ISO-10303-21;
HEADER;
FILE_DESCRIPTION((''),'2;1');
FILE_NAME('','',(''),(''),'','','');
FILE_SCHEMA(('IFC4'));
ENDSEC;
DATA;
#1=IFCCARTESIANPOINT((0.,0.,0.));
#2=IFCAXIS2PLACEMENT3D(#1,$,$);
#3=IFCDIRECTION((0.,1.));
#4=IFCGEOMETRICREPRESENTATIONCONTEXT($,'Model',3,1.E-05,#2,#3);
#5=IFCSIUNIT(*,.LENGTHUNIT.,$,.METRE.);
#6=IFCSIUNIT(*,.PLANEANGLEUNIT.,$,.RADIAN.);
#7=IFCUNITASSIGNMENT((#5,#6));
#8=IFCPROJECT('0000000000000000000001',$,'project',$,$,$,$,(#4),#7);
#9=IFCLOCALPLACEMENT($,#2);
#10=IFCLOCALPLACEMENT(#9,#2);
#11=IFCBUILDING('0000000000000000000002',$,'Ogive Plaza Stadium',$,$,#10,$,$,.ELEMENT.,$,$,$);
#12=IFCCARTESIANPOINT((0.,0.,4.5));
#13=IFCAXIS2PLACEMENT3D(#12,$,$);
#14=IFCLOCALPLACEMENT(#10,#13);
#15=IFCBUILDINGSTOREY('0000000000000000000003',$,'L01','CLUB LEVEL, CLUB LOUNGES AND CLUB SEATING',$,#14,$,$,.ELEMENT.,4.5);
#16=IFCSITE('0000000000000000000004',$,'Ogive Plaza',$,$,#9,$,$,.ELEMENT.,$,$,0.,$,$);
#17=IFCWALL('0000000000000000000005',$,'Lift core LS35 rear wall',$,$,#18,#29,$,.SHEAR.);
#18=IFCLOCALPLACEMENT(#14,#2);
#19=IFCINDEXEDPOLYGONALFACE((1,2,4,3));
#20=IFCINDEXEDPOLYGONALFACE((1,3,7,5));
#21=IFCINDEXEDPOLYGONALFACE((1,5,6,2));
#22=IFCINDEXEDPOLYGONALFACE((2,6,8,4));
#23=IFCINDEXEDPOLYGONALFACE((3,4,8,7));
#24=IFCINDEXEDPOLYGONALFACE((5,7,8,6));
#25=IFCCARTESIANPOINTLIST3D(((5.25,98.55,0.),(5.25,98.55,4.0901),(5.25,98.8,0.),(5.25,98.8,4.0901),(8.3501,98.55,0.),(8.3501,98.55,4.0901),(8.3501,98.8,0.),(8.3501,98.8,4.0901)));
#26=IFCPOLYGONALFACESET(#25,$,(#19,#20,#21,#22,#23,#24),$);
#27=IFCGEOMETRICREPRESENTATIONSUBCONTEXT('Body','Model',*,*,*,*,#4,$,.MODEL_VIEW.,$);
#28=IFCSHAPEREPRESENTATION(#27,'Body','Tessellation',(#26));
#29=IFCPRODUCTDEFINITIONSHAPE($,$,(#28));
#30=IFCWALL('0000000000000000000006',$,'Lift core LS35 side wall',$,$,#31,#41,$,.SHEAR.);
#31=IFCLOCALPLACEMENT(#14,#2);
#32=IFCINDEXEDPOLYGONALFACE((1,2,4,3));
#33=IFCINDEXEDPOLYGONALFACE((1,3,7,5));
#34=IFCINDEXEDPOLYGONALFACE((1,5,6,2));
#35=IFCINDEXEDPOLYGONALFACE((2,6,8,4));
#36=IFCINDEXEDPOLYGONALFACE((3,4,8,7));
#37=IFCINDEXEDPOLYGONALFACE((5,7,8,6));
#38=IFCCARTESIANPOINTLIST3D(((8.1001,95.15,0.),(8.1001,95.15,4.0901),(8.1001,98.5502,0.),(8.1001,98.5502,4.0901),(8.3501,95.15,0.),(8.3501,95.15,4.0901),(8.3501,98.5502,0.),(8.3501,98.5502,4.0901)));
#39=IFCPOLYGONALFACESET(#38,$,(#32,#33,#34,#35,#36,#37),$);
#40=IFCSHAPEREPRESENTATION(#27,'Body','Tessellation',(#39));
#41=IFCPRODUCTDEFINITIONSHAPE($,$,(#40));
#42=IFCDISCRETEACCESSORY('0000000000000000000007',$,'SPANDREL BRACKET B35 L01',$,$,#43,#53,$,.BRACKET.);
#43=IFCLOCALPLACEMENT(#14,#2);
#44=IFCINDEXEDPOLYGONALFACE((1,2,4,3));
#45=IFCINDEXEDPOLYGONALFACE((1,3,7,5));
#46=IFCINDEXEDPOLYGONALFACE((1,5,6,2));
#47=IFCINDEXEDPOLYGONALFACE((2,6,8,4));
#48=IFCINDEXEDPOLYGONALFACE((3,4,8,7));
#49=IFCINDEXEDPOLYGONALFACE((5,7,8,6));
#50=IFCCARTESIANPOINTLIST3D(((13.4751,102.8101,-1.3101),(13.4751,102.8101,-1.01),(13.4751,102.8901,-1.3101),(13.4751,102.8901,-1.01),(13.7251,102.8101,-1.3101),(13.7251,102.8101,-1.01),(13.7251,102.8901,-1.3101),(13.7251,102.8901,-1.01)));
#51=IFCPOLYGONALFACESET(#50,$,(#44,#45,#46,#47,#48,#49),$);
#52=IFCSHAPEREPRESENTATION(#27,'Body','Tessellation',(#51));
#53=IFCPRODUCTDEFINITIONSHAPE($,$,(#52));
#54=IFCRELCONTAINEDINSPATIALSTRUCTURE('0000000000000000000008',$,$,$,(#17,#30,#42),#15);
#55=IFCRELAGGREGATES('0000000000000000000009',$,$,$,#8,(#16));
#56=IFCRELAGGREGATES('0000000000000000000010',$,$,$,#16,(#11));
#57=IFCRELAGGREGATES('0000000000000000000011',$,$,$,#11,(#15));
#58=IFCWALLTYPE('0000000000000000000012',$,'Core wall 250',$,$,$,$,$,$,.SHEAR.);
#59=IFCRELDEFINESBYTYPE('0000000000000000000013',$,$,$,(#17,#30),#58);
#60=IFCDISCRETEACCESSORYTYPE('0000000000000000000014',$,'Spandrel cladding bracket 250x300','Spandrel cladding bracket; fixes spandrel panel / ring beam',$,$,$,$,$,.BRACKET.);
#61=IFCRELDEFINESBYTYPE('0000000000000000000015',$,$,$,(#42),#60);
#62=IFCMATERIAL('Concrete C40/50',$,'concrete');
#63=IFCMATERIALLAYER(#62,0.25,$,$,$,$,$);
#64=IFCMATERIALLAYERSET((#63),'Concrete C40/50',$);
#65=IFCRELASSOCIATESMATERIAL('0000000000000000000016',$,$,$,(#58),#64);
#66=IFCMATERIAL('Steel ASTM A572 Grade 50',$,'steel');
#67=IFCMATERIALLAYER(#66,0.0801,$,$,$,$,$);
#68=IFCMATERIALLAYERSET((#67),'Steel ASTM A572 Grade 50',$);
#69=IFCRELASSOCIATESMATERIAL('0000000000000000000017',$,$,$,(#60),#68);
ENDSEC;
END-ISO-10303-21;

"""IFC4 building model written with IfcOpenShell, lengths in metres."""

from ifc_helpers import new_model, si_unit, direction, frame, frame_2d, origin, origin_2d, place, context, subcontext, project, spatial, rectangle, extrude, material, layer, layer_set, type_object, element, save


model = new_model("IFC4")

# Units and contexts
model_context = context("Model", 3, precision=1e-05, world=origin(), true_north=direction((0.0, 1.0)))
body_context = subcontext(model_context, "Body", "Model", "MODEL_VIEW")
ifc_project = project(units=[si_unit("LENGTHUNIT", "METRE"), si_unit("PLANEANGLEUNIT", "RADIAN")], contexts=[model_context])

# Site, building, storey
site_placement = place(None, origin())
site = spatial("IfcSite", under=ifc_project, at=site_placement, Name="Ogive Plaza", CompositionType="ELEMENT", RefElevation=0.0)
building_placement = place(site_placement, origin())
building = spatial("IfcBuilding", under=site, at=building_placement, Name="Ogive Plaza Stadium", CompositionType="ELEMENT")
storey_placement = place(building_placement, frame((0.0, 0.0, 4.5)))
storey = spatial("IfcBuildingStorey", under=building, at=storey_placement, Name="L01", Description="CLUB LEVEL, CLUB LOUNGES AND CLUB SEATING", CompositionType="ELEMENT", Elevation=4.5)

# Shared definitions
ifc_material_1 = material(Name="Concrete C40/50", Category="concrete")
ifc_layer_1 = layer(ifc_material_1, 0.25)
ifc_layer_set_1 = layer_set([ifc_layer_1], Name="Concrete C40/50")
wall_type = type_object("IfcWallType", Name="Core wall 250", PredefinedType="SHEAR", material=ifc_layer_set_1)

# Walls
wall_1_placement = place(storey_placement, frame((8.3501, 98.675, 0.0), z_axis=(0.0, 0.0, 1.0), x_axis=(-1.0, 0.0, 0.0)))
element("IfcWall", 1, at=wall_1_placement, inside=storey, type_object=wall_type, Name="Lift core LS35 rear wall", PredefinedType="SHEAR", context=body_context, shape_type="SweptSolid", body=[
    extrude(rectangle(XDim=3.1001, YDim=0.25, at=frame_2d((1.55, 0.0))), origin(), (0.0, 0.0, 1.0), 4.0901),
])
wall_2_placement = place(storey_placement, frame((8.2251, 95.1499, 0.0), z_axis=(0.0, 0.0, 1.0), x_axis=(0.0, 1.0, 0.0)))
element("IfcWall", 2, at=wall_2_placement, inside=storey, type_object=wall_type, Name="Lift core LS35 side wall", PredefinedType="SHEAR", context=body_context, shape_type="SweptSolid", body=[
    extrude(rectangle(XDim=3.4001, YDim=0.25, at=frame_2d((1.7002, 0.0))), origin(), (0.0, 0.0, 1.0), 4.0901),
])

# Discrete accessory
ifc_material_2 = material(Name="Steel ASTM A572 Grade 50", Category="steel")
ifc_layer_2 = layer(ifc_material_2, 0.0801)
ifc_layer_set_2 = layer_set([ifc_layer_2], Name="Steel ASTM A572 Grade 50")
discrete_accessory_type = type_object("IfcDiscreteAccessoryType", Name="Spandrel cladding bracket 250x300", Description="Spandrel cladding bracket; fixes spandrel panel / ring beam", PredefinedType="BRACKET", material=ifc_layer_set_2)
discrete_accessory_placement = place(storey_placement, frame((13.6001, 102.8501, -1.3101), z_axis=(0.0, 0.0, 1.0), x_axis=(1.0, 0.0, 0.0)))
element("IfcDiscreteAccessory", 3, at=discrete_accessory_placement, inside=storey, type_object=discrete_accessory_type, Name="SPANDREL BRACKET B35 L01", PredefinedType="BRACKET", context=body_context, shape_type="SweptSolid", body=[
    extrude(rectangle(XDim=0.25, YDim=0.0801, at=origin_2d()), origin(), (0.0, 0.0, 1.0), 0.3),
])

save(model, "model.ifc")
